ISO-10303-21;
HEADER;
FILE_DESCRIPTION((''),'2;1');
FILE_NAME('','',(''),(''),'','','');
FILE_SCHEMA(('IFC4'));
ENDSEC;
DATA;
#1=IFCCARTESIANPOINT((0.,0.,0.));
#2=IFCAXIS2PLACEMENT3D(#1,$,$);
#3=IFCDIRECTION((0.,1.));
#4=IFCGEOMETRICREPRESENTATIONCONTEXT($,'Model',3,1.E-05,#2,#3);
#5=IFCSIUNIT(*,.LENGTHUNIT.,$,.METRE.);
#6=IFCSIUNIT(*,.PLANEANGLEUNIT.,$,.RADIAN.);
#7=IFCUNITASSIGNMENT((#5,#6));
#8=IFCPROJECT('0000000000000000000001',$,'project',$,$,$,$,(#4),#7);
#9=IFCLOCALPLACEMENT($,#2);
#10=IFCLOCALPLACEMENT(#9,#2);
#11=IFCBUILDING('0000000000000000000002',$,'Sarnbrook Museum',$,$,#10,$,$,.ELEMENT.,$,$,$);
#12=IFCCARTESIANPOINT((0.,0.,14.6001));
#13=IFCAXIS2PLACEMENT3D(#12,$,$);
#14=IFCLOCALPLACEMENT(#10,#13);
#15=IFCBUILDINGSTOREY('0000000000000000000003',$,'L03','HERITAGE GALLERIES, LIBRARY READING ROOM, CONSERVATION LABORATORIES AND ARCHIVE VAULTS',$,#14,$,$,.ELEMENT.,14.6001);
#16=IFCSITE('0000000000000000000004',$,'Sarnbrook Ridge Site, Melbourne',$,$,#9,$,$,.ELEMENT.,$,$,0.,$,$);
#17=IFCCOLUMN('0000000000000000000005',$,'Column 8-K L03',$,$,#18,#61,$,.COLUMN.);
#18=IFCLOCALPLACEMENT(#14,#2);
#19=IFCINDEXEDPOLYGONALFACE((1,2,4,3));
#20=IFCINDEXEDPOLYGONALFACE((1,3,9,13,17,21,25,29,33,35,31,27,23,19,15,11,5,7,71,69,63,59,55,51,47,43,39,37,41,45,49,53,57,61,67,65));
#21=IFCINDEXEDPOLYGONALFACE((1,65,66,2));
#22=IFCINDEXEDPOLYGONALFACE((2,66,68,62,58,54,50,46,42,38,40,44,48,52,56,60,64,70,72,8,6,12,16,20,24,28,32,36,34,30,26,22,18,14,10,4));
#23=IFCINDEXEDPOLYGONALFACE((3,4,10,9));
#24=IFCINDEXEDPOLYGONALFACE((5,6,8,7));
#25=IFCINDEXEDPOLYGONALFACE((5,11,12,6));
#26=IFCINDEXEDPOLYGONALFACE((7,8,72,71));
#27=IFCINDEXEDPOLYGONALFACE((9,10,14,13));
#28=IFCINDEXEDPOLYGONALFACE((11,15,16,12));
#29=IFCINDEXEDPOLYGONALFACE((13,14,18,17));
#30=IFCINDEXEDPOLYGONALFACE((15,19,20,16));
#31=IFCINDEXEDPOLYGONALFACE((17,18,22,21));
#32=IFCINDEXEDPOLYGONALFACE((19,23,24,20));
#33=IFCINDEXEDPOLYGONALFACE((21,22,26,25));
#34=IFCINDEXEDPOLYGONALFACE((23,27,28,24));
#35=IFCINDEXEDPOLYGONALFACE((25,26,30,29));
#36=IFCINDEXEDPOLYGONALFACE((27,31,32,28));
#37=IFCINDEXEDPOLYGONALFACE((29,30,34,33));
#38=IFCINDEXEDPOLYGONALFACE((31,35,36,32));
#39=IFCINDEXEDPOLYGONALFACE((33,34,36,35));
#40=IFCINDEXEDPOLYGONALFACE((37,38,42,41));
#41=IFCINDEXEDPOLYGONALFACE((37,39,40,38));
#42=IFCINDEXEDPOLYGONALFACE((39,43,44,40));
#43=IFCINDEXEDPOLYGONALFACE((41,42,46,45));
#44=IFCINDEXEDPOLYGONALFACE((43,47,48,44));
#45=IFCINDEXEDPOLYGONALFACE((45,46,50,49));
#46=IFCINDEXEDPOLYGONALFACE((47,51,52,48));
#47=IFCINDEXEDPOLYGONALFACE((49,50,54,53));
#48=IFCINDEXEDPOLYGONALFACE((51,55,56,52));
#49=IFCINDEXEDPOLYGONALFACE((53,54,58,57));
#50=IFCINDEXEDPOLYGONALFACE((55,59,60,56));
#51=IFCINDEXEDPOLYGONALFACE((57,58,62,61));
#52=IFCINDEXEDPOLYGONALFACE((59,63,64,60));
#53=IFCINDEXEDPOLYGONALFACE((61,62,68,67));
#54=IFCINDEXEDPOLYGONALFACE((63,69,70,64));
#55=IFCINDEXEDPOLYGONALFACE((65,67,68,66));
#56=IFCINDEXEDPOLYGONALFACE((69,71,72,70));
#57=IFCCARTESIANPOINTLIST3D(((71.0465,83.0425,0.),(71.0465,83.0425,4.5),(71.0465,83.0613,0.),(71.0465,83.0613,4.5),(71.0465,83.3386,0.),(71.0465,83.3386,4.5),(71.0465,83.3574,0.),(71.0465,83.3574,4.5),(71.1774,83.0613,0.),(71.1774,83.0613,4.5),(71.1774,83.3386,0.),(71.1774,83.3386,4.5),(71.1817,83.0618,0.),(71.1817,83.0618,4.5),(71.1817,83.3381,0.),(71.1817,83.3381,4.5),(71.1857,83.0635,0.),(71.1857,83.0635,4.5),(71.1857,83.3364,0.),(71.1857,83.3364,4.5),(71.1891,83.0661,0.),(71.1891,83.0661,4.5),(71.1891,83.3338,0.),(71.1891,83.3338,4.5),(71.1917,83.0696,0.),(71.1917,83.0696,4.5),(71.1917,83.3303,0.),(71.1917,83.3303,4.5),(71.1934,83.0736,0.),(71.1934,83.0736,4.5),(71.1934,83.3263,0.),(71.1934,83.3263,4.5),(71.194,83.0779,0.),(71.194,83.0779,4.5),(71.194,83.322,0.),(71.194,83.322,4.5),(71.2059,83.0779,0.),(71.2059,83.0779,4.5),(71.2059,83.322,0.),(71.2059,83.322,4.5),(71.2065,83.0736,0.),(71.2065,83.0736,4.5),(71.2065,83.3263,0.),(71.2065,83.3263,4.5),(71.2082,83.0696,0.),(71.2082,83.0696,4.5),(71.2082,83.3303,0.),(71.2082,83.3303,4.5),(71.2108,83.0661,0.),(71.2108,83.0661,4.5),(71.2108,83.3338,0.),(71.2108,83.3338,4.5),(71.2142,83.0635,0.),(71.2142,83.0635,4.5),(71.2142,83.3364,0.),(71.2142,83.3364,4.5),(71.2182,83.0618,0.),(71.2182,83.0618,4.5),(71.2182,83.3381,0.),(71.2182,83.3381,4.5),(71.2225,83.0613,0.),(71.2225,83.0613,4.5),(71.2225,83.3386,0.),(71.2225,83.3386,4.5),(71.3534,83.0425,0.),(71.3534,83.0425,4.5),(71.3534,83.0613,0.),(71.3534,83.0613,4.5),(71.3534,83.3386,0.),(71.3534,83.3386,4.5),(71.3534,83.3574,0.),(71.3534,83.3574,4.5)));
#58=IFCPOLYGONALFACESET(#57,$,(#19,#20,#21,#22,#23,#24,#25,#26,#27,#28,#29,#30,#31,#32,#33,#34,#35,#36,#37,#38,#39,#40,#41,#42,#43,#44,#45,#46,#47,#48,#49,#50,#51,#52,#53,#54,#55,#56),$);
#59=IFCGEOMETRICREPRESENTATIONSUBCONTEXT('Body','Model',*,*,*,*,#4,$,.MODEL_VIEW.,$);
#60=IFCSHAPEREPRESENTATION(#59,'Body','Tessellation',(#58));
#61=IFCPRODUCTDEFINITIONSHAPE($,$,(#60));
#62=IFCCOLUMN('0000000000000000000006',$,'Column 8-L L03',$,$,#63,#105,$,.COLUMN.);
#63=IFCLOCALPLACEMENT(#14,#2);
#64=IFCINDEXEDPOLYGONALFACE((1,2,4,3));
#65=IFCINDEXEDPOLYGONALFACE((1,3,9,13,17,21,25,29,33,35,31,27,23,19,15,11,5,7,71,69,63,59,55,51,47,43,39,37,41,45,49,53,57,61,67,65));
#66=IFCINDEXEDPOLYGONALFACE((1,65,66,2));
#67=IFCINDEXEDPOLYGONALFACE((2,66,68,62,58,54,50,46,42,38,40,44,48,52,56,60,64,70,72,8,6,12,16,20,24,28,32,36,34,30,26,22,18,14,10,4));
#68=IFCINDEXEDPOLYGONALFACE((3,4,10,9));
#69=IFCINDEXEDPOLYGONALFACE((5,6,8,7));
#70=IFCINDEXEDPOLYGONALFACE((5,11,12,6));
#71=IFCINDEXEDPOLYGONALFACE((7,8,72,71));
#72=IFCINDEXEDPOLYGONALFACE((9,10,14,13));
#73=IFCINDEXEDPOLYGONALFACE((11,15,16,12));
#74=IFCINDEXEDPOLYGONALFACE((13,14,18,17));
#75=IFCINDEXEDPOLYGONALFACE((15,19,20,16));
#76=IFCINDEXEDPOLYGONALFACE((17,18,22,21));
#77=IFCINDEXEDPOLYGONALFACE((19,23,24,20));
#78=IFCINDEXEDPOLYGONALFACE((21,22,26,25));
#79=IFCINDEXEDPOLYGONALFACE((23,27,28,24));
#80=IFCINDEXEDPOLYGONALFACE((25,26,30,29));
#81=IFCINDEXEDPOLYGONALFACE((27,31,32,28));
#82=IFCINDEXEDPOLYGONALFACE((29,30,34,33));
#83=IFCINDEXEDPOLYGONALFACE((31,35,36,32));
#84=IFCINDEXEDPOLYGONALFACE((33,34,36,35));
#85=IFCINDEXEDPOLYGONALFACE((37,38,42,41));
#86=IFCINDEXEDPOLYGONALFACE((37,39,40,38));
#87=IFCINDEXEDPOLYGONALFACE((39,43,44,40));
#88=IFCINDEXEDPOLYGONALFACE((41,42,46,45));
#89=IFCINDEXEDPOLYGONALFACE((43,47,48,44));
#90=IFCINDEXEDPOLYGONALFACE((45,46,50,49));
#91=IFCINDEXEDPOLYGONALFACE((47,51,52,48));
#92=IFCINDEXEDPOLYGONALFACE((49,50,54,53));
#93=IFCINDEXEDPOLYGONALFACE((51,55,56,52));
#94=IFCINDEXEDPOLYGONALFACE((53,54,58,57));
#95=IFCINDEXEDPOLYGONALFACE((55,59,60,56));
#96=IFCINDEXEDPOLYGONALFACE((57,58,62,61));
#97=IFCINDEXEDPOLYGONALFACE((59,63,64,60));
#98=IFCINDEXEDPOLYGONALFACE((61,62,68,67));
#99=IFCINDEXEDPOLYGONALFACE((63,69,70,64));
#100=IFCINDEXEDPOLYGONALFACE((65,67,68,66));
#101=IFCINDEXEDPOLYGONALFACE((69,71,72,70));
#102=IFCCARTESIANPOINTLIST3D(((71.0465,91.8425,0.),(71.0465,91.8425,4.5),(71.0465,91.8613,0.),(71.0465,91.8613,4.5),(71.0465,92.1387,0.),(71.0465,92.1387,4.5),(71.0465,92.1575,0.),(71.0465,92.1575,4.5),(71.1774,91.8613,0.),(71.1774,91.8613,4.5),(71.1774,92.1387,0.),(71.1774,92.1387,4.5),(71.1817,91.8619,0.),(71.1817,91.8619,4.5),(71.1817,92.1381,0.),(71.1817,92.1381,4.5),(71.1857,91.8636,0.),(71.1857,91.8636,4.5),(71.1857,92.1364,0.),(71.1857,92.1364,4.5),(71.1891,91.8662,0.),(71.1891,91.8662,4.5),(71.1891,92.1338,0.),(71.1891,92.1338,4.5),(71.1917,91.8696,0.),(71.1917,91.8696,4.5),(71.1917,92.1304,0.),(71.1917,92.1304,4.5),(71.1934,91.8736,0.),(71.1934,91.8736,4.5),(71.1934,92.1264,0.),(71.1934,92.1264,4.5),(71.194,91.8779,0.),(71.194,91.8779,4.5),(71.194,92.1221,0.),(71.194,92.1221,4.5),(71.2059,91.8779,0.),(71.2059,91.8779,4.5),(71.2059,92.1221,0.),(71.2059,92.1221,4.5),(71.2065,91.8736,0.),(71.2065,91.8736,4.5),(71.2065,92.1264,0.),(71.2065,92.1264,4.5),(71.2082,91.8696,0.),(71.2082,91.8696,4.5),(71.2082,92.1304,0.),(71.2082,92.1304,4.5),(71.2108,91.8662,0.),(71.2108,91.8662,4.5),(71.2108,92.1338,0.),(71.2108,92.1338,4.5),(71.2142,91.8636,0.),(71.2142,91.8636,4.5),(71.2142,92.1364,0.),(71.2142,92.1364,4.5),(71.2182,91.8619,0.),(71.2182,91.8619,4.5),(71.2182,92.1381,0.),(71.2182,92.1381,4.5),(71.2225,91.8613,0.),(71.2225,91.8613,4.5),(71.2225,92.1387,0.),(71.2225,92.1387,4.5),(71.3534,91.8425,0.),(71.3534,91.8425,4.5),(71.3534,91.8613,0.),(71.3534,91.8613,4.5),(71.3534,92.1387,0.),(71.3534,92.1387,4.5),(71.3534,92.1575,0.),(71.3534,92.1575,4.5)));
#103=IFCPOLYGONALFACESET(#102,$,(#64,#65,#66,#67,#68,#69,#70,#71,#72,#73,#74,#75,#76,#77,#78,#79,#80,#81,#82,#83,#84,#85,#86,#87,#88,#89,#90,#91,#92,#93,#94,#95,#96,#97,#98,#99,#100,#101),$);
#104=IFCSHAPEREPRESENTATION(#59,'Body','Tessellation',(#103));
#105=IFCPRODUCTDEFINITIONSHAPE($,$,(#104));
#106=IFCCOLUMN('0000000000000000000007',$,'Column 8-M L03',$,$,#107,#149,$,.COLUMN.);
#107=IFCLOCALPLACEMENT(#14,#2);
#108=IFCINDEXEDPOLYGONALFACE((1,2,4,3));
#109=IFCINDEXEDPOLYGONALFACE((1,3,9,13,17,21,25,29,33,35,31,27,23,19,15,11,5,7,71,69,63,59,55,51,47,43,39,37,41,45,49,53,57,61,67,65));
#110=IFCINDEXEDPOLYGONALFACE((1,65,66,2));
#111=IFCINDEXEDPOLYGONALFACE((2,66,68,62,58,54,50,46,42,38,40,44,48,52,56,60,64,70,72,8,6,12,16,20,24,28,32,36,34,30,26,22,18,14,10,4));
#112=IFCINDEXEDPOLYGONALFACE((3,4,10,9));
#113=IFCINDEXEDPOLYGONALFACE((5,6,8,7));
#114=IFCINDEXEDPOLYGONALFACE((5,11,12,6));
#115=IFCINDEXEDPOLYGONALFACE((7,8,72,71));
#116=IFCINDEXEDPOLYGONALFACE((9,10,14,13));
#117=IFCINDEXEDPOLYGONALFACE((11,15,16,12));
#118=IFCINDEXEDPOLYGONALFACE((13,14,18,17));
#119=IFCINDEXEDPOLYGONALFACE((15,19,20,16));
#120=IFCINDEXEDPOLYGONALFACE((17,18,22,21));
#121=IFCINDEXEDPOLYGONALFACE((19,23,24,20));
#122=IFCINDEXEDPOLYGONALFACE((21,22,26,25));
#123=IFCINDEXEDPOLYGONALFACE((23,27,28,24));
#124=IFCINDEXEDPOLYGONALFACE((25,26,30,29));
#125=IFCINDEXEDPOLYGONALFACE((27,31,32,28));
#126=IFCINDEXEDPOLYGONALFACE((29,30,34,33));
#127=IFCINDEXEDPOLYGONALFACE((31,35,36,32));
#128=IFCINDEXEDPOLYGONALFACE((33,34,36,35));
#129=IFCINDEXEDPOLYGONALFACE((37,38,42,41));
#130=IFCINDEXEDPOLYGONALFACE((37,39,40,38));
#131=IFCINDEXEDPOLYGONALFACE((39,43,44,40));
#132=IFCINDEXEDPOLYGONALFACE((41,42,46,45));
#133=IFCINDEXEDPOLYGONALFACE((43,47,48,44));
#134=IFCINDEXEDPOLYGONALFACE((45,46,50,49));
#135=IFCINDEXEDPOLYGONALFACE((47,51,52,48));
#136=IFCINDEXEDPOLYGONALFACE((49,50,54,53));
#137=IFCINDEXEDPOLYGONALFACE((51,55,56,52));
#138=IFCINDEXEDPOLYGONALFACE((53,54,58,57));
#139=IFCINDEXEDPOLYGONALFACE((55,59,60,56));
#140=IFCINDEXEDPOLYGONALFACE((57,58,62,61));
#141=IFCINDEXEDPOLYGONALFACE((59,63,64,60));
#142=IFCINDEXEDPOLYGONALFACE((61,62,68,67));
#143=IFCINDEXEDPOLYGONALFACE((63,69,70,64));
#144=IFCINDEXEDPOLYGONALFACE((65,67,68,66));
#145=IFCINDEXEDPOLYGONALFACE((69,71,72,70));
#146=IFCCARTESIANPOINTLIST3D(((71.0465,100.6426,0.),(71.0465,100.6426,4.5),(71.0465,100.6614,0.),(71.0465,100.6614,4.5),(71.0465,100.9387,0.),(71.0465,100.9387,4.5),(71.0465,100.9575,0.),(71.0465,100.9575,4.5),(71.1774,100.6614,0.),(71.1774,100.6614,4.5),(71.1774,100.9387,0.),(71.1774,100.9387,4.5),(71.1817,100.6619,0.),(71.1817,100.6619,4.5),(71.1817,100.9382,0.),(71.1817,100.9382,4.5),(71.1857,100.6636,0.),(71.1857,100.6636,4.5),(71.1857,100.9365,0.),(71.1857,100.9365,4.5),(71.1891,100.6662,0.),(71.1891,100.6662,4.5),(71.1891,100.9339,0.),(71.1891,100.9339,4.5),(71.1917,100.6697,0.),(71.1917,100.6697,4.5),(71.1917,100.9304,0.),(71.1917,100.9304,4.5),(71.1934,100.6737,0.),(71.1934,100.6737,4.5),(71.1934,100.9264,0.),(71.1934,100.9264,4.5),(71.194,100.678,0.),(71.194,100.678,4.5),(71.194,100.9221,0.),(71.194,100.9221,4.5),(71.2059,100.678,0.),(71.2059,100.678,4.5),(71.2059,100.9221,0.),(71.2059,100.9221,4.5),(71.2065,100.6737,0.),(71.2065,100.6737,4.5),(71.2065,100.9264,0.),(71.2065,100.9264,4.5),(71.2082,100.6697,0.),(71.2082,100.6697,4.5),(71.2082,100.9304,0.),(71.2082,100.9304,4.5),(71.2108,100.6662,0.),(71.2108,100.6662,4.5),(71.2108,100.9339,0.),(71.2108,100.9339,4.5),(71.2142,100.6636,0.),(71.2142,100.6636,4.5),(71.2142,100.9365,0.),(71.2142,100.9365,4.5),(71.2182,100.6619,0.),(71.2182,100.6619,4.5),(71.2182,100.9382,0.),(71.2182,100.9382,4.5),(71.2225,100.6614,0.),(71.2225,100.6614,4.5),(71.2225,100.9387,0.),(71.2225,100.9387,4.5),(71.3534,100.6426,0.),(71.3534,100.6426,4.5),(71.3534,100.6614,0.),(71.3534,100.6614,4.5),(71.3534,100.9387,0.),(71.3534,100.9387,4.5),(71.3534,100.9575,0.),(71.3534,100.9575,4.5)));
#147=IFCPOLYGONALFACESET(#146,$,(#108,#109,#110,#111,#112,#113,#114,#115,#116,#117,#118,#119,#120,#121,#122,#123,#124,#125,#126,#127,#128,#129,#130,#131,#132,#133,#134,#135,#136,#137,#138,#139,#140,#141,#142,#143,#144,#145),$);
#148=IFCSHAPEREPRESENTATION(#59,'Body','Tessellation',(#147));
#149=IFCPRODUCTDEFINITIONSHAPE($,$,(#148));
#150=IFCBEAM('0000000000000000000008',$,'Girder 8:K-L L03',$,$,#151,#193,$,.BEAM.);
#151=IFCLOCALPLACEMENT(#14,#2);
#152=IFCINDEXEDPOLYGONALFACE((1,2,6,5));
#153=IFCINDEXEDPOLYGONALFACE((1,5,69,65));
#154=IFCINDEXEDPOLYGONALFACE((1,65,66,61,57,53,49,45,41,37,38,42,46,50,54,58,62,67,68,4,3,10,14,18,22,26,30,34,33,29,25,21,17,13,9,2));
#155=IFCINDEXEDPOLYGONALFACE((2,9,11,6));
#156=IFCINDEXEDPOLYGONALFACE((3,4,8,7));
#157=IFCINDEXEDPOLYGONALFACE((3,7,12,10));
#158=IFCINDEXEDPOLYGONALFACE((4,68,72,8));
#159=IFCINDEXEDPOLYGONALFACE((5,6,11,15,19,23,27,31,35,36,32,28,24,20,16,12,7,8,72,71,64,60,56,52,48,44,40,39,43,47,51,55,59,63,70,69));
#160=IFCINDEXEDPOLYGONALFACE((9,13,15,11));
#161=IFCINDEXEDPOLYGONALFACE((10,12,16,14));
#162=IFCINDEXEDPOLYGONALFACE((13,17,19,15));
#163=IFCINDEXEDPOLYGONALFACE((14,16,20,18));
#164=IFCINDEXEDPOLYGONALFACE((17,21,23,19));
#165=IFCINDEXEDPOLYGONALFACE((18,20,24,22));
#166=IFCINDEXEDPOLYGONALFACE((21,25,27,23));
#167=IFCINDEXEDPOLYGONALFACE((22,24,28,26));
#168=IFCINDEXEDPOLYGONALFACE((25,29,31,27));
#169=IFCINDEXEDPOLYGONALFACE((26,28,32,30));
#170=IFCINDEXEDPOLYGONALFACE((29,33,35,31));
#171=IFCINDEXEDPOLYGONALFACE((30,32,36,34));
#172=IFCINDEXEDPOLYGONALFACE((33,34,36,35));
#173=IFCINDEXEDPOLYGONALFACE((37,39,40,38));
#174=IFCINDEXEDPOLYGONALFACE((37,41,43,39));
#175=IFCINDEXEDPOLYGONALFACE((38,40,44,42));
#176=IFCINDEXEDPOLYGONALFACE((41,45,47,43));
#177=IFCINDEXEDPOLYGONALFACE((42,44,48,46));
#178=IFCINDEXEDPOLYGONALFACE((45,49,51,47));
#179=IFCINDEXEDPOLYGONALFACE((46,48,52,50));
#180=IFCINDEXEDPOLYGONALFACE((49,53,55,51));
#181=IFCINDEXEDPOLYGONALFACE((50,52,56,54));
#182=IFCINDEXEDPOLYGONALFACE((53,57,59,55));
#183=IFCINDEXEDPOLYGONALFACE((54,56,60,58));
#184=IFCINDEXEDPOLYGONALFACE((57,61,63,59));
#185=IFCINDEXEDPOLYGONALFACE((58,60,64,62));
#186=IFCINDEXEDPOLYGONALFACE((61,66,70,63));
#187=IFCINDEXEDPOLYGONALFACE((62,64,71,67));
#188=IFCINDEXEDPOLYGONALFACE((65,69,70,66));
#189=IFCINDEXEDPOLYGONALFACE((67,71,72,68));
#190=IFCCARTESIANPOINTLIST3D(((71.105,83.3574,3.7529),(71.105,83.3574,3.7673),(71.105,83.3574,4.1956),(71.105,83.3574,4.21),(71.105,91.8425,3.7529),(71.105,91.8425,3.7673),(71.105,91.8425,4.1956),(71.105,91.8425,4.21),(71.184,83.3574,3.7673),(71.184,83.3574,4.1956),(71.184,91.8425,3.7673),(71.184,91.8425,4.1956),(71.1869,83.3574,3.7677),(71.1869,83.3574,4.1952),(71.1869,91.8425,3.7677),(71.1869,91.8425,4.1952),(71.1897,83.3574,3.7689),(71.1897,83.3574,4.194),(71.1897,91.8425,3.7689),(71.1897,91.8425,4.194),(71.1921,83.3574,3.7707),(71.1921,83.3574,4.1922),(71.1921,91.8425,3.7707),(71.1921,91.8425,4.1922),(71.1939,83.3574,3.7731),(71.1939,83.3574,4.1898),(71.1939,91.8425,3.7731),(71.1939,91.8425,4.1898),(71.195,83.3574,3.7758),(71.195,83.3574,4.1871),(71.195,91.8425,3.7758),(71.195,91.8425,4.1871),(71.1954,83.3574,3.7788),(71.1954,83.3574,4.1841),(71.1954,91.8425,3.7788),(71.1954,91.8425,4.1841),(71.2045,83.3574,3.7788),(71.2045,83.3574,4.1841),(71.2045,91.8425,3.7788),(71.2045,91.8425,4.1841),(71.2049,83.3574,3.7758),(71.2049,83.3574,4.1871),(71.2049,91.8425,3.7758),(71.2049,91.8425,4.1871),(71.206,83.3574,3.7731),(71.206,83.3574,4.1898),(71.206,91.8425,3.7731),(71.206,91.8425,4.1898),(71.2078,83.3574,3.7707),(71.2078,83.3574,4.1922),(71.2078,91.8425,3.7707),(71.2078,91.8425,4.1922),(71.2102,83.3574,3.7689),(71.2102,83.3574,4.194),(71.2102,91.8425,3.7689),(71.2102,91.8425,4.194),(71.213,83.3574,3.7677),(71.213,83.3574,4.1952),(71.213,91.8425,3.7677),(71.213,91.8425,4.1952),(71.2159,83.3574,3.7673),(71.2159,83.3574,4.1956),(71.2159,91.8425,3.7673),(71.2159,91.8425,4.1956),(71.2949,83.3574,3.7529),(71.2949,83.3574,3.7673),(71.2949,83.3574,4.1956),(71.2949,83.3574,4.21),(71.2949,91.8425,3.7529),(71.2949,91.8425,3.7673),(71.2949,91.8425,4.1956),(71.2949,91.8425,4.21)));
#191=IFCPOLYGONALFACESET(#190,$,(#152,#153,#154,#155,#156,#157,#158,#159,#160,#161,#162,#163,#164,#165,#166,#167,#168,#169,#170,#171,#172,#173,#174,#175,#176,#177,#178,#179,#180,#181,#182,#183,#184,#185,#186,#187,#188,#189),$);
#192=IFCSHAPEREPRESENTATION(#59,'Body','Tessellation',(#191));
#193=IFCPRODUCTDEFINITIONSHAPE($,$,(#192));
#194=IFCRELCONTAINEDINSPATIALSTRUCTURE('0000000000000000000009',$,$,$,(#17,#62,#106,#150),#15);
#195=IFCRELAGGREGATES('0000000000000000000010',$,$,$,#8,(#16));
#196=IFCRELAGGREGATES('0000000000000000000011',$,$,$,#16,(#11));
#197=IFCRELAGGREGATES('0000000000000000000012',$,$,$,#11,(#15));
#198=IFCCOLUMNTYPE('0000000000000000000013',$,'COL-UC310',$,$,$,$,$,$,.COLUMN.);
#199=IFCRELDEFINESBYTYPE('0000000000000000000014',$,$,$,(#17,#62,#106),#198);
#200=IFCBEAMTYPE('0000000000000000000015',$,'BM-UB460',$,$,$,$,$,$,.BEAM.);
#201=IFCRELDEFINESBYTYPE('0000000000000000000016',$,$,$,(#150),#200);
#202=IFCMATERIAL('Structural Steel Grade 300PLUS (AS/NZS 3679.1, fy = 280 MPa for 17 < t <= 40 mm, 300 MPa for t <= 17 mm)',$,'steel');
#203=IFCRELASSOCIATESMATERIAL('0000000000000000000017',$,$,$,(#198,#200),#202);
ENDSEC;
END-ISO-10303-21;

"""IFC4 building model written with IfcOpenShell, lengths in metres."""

from ifc_helpers import new_model, si_unit, direction, frame, origin, origin_2d, place, context, subcontext, project, spatial, i_section, extrude, material, material_profile, profile_set, type_object, element, save


model = new_model("IFC4")

# Units and contexts
model_context = context("Model", 3, precision=1e-05, world=origin(), true_north=direction((0.0, 1.0)))
body_context = subcontext(model_context, "Body", "Model", "MODEL_VIEW")
ifc_project = project(units=[si_unit("LENGTHUNIT", "METRE"), si_unit("PLANEANGLEUNIT", "RADIAN")], contexts=[model_context])

# Site, building, storey
site_placement = place(None, origin())
site = spatial("IfcSite", under=ifc_project, at=site_placement, Name="Sarnbrook Ridge Site, Melbourne", CompositionType="ELEMENT", RefElevation=0.0)
building_placement = place(site_placement, origin())
building = spatial("IfcBuilding", under=site, at=building_placement, Name="Sarnbrook Museum", CompositionType="ELEMENT")
storey_placement = place(building_placement, frame((0.0, 0.0, 14.6001)))
storey = spatial("IfcBuildingStorey", under=building, at=storey_placement, Name="L03", Description="HERITAGE GALLERIES, LIBRARY READING ROOM, CONSERVATION LABORATORIES AND ARCHIVE VAULTS", CompositionType="ELEMENT", Elevation=14.6001)

# Columns
ifc_material_1 = material(Name="Structural Steel Grade 300PLUS (AS/NZS 3679.1, fy = 280 MPa for 17 < t <= 40 mm, 300 MPa for t <= 17 mm)", Category="steel")
ifc_material_profile_1 = material_profile(ifc_material_1, i_section(OverallWidth=0.3069, OverallDepth=0.3149, WebThickness=0.012, FlangeThickness=0.0188, FilletRadius=0.0166, at=origin_2d()), Name="310UC118")
ifc_profile_set_1 = profile_set([ifc_material_profile_1], Name="Structural Steel Grade 300PLUS (AS/NZS 3679.1, fy = 280 MPa for 17 < t <= 40 mm, 300 MPa for t <= 17 mm)")
column_type = type_object("IfcColumnType", Name="COL-UC310", PredefinedType="COLUMN", material=ifc_profile_set_1)
for number, where, z_axis, x_axis, name in (
    (1, (71.2, 83.2, 0.0), (0.0, 0.0, 1.0), (1.0, 0.0, 0.0), "Column 8-K L03"),
    (2, (71.2, 92.0, 0.0), (0.0, 0.0, 1.0), (1.0, 0.0, 0.0), "Column 8-L L03"),
    (3, (71.2, 100.8, 0.0), (0.0, 0.0, 1.0), (1.0, 0.0, 0.0), "Column 8-M L03"),
):
    element("IfcColumn", number, at=place(storey_placement, frame(where, z_axis=z_axis, x_axis=x_axis)), inside=storey, type_object=column_type, Name=name, PredefinedType="COLUMN", context=body_context, shape_type="SweptSolid", body=[
        extrude(i_section(OverallWidth=0.3069, OverallDepth=0.3149, WebThickness=0.012, FlangeThickness=0.0188, FilletRadius=0.0166, at=origin_2d()), origin(), (0.0, 0.0, 1.0), 4.5),
    ])

# Beam
ifc_material_profile_2 = material_profile(ifc_material_1, i_section(OverallWidth=0.1899, OverallDepth=0.457, WebThickness=0.009, FlangeThickness=0.0144, FilletRadius=0.0115, at=origin_2d()), Name="460UB74.6")
ifc_profile_set_2 = profile_set([ifc_material_profile_2], Name="Structural Steel Grade 300PLUS (AS/NZS 3679.1, fy = 280 MPa for 17 < t <= 40 mm, 300 MPa for t <= 17 mm)")
beam_type_1 = type_object("IfcBeamType", Name="BM-UB460", PredefinedType="BEAM", material=ifc_profile_set_2)
for number, where, z_axis, x_axis, name in (
    (4, (71.2, 83.3574, 3.9814), (0.0, 1.0, 0.0), (-1.0, 0.0, 0.0), "Girder 8:K-L L03"),
):
    element("IfcBeam", number, at=place(storey_placement, frame(where, z_axis=z_axis, x_axis=x_axis)), inside=storey, type_object=beam_type_1, Name=name, PredefinedType="BEAM", context=body_context, shape_type="SweptSolid", body=[
        extrude(i_section(OverallWidth=0.1899, OverallDepth=0.457, WebThickness=0.009, FlangeThickness=0.0144, FilletRadius=0.0115, at=origin_2d()), origin(), (0.0, 0.0, 1.0), 8.4851),
    ])

save(model, "model.ifc")
